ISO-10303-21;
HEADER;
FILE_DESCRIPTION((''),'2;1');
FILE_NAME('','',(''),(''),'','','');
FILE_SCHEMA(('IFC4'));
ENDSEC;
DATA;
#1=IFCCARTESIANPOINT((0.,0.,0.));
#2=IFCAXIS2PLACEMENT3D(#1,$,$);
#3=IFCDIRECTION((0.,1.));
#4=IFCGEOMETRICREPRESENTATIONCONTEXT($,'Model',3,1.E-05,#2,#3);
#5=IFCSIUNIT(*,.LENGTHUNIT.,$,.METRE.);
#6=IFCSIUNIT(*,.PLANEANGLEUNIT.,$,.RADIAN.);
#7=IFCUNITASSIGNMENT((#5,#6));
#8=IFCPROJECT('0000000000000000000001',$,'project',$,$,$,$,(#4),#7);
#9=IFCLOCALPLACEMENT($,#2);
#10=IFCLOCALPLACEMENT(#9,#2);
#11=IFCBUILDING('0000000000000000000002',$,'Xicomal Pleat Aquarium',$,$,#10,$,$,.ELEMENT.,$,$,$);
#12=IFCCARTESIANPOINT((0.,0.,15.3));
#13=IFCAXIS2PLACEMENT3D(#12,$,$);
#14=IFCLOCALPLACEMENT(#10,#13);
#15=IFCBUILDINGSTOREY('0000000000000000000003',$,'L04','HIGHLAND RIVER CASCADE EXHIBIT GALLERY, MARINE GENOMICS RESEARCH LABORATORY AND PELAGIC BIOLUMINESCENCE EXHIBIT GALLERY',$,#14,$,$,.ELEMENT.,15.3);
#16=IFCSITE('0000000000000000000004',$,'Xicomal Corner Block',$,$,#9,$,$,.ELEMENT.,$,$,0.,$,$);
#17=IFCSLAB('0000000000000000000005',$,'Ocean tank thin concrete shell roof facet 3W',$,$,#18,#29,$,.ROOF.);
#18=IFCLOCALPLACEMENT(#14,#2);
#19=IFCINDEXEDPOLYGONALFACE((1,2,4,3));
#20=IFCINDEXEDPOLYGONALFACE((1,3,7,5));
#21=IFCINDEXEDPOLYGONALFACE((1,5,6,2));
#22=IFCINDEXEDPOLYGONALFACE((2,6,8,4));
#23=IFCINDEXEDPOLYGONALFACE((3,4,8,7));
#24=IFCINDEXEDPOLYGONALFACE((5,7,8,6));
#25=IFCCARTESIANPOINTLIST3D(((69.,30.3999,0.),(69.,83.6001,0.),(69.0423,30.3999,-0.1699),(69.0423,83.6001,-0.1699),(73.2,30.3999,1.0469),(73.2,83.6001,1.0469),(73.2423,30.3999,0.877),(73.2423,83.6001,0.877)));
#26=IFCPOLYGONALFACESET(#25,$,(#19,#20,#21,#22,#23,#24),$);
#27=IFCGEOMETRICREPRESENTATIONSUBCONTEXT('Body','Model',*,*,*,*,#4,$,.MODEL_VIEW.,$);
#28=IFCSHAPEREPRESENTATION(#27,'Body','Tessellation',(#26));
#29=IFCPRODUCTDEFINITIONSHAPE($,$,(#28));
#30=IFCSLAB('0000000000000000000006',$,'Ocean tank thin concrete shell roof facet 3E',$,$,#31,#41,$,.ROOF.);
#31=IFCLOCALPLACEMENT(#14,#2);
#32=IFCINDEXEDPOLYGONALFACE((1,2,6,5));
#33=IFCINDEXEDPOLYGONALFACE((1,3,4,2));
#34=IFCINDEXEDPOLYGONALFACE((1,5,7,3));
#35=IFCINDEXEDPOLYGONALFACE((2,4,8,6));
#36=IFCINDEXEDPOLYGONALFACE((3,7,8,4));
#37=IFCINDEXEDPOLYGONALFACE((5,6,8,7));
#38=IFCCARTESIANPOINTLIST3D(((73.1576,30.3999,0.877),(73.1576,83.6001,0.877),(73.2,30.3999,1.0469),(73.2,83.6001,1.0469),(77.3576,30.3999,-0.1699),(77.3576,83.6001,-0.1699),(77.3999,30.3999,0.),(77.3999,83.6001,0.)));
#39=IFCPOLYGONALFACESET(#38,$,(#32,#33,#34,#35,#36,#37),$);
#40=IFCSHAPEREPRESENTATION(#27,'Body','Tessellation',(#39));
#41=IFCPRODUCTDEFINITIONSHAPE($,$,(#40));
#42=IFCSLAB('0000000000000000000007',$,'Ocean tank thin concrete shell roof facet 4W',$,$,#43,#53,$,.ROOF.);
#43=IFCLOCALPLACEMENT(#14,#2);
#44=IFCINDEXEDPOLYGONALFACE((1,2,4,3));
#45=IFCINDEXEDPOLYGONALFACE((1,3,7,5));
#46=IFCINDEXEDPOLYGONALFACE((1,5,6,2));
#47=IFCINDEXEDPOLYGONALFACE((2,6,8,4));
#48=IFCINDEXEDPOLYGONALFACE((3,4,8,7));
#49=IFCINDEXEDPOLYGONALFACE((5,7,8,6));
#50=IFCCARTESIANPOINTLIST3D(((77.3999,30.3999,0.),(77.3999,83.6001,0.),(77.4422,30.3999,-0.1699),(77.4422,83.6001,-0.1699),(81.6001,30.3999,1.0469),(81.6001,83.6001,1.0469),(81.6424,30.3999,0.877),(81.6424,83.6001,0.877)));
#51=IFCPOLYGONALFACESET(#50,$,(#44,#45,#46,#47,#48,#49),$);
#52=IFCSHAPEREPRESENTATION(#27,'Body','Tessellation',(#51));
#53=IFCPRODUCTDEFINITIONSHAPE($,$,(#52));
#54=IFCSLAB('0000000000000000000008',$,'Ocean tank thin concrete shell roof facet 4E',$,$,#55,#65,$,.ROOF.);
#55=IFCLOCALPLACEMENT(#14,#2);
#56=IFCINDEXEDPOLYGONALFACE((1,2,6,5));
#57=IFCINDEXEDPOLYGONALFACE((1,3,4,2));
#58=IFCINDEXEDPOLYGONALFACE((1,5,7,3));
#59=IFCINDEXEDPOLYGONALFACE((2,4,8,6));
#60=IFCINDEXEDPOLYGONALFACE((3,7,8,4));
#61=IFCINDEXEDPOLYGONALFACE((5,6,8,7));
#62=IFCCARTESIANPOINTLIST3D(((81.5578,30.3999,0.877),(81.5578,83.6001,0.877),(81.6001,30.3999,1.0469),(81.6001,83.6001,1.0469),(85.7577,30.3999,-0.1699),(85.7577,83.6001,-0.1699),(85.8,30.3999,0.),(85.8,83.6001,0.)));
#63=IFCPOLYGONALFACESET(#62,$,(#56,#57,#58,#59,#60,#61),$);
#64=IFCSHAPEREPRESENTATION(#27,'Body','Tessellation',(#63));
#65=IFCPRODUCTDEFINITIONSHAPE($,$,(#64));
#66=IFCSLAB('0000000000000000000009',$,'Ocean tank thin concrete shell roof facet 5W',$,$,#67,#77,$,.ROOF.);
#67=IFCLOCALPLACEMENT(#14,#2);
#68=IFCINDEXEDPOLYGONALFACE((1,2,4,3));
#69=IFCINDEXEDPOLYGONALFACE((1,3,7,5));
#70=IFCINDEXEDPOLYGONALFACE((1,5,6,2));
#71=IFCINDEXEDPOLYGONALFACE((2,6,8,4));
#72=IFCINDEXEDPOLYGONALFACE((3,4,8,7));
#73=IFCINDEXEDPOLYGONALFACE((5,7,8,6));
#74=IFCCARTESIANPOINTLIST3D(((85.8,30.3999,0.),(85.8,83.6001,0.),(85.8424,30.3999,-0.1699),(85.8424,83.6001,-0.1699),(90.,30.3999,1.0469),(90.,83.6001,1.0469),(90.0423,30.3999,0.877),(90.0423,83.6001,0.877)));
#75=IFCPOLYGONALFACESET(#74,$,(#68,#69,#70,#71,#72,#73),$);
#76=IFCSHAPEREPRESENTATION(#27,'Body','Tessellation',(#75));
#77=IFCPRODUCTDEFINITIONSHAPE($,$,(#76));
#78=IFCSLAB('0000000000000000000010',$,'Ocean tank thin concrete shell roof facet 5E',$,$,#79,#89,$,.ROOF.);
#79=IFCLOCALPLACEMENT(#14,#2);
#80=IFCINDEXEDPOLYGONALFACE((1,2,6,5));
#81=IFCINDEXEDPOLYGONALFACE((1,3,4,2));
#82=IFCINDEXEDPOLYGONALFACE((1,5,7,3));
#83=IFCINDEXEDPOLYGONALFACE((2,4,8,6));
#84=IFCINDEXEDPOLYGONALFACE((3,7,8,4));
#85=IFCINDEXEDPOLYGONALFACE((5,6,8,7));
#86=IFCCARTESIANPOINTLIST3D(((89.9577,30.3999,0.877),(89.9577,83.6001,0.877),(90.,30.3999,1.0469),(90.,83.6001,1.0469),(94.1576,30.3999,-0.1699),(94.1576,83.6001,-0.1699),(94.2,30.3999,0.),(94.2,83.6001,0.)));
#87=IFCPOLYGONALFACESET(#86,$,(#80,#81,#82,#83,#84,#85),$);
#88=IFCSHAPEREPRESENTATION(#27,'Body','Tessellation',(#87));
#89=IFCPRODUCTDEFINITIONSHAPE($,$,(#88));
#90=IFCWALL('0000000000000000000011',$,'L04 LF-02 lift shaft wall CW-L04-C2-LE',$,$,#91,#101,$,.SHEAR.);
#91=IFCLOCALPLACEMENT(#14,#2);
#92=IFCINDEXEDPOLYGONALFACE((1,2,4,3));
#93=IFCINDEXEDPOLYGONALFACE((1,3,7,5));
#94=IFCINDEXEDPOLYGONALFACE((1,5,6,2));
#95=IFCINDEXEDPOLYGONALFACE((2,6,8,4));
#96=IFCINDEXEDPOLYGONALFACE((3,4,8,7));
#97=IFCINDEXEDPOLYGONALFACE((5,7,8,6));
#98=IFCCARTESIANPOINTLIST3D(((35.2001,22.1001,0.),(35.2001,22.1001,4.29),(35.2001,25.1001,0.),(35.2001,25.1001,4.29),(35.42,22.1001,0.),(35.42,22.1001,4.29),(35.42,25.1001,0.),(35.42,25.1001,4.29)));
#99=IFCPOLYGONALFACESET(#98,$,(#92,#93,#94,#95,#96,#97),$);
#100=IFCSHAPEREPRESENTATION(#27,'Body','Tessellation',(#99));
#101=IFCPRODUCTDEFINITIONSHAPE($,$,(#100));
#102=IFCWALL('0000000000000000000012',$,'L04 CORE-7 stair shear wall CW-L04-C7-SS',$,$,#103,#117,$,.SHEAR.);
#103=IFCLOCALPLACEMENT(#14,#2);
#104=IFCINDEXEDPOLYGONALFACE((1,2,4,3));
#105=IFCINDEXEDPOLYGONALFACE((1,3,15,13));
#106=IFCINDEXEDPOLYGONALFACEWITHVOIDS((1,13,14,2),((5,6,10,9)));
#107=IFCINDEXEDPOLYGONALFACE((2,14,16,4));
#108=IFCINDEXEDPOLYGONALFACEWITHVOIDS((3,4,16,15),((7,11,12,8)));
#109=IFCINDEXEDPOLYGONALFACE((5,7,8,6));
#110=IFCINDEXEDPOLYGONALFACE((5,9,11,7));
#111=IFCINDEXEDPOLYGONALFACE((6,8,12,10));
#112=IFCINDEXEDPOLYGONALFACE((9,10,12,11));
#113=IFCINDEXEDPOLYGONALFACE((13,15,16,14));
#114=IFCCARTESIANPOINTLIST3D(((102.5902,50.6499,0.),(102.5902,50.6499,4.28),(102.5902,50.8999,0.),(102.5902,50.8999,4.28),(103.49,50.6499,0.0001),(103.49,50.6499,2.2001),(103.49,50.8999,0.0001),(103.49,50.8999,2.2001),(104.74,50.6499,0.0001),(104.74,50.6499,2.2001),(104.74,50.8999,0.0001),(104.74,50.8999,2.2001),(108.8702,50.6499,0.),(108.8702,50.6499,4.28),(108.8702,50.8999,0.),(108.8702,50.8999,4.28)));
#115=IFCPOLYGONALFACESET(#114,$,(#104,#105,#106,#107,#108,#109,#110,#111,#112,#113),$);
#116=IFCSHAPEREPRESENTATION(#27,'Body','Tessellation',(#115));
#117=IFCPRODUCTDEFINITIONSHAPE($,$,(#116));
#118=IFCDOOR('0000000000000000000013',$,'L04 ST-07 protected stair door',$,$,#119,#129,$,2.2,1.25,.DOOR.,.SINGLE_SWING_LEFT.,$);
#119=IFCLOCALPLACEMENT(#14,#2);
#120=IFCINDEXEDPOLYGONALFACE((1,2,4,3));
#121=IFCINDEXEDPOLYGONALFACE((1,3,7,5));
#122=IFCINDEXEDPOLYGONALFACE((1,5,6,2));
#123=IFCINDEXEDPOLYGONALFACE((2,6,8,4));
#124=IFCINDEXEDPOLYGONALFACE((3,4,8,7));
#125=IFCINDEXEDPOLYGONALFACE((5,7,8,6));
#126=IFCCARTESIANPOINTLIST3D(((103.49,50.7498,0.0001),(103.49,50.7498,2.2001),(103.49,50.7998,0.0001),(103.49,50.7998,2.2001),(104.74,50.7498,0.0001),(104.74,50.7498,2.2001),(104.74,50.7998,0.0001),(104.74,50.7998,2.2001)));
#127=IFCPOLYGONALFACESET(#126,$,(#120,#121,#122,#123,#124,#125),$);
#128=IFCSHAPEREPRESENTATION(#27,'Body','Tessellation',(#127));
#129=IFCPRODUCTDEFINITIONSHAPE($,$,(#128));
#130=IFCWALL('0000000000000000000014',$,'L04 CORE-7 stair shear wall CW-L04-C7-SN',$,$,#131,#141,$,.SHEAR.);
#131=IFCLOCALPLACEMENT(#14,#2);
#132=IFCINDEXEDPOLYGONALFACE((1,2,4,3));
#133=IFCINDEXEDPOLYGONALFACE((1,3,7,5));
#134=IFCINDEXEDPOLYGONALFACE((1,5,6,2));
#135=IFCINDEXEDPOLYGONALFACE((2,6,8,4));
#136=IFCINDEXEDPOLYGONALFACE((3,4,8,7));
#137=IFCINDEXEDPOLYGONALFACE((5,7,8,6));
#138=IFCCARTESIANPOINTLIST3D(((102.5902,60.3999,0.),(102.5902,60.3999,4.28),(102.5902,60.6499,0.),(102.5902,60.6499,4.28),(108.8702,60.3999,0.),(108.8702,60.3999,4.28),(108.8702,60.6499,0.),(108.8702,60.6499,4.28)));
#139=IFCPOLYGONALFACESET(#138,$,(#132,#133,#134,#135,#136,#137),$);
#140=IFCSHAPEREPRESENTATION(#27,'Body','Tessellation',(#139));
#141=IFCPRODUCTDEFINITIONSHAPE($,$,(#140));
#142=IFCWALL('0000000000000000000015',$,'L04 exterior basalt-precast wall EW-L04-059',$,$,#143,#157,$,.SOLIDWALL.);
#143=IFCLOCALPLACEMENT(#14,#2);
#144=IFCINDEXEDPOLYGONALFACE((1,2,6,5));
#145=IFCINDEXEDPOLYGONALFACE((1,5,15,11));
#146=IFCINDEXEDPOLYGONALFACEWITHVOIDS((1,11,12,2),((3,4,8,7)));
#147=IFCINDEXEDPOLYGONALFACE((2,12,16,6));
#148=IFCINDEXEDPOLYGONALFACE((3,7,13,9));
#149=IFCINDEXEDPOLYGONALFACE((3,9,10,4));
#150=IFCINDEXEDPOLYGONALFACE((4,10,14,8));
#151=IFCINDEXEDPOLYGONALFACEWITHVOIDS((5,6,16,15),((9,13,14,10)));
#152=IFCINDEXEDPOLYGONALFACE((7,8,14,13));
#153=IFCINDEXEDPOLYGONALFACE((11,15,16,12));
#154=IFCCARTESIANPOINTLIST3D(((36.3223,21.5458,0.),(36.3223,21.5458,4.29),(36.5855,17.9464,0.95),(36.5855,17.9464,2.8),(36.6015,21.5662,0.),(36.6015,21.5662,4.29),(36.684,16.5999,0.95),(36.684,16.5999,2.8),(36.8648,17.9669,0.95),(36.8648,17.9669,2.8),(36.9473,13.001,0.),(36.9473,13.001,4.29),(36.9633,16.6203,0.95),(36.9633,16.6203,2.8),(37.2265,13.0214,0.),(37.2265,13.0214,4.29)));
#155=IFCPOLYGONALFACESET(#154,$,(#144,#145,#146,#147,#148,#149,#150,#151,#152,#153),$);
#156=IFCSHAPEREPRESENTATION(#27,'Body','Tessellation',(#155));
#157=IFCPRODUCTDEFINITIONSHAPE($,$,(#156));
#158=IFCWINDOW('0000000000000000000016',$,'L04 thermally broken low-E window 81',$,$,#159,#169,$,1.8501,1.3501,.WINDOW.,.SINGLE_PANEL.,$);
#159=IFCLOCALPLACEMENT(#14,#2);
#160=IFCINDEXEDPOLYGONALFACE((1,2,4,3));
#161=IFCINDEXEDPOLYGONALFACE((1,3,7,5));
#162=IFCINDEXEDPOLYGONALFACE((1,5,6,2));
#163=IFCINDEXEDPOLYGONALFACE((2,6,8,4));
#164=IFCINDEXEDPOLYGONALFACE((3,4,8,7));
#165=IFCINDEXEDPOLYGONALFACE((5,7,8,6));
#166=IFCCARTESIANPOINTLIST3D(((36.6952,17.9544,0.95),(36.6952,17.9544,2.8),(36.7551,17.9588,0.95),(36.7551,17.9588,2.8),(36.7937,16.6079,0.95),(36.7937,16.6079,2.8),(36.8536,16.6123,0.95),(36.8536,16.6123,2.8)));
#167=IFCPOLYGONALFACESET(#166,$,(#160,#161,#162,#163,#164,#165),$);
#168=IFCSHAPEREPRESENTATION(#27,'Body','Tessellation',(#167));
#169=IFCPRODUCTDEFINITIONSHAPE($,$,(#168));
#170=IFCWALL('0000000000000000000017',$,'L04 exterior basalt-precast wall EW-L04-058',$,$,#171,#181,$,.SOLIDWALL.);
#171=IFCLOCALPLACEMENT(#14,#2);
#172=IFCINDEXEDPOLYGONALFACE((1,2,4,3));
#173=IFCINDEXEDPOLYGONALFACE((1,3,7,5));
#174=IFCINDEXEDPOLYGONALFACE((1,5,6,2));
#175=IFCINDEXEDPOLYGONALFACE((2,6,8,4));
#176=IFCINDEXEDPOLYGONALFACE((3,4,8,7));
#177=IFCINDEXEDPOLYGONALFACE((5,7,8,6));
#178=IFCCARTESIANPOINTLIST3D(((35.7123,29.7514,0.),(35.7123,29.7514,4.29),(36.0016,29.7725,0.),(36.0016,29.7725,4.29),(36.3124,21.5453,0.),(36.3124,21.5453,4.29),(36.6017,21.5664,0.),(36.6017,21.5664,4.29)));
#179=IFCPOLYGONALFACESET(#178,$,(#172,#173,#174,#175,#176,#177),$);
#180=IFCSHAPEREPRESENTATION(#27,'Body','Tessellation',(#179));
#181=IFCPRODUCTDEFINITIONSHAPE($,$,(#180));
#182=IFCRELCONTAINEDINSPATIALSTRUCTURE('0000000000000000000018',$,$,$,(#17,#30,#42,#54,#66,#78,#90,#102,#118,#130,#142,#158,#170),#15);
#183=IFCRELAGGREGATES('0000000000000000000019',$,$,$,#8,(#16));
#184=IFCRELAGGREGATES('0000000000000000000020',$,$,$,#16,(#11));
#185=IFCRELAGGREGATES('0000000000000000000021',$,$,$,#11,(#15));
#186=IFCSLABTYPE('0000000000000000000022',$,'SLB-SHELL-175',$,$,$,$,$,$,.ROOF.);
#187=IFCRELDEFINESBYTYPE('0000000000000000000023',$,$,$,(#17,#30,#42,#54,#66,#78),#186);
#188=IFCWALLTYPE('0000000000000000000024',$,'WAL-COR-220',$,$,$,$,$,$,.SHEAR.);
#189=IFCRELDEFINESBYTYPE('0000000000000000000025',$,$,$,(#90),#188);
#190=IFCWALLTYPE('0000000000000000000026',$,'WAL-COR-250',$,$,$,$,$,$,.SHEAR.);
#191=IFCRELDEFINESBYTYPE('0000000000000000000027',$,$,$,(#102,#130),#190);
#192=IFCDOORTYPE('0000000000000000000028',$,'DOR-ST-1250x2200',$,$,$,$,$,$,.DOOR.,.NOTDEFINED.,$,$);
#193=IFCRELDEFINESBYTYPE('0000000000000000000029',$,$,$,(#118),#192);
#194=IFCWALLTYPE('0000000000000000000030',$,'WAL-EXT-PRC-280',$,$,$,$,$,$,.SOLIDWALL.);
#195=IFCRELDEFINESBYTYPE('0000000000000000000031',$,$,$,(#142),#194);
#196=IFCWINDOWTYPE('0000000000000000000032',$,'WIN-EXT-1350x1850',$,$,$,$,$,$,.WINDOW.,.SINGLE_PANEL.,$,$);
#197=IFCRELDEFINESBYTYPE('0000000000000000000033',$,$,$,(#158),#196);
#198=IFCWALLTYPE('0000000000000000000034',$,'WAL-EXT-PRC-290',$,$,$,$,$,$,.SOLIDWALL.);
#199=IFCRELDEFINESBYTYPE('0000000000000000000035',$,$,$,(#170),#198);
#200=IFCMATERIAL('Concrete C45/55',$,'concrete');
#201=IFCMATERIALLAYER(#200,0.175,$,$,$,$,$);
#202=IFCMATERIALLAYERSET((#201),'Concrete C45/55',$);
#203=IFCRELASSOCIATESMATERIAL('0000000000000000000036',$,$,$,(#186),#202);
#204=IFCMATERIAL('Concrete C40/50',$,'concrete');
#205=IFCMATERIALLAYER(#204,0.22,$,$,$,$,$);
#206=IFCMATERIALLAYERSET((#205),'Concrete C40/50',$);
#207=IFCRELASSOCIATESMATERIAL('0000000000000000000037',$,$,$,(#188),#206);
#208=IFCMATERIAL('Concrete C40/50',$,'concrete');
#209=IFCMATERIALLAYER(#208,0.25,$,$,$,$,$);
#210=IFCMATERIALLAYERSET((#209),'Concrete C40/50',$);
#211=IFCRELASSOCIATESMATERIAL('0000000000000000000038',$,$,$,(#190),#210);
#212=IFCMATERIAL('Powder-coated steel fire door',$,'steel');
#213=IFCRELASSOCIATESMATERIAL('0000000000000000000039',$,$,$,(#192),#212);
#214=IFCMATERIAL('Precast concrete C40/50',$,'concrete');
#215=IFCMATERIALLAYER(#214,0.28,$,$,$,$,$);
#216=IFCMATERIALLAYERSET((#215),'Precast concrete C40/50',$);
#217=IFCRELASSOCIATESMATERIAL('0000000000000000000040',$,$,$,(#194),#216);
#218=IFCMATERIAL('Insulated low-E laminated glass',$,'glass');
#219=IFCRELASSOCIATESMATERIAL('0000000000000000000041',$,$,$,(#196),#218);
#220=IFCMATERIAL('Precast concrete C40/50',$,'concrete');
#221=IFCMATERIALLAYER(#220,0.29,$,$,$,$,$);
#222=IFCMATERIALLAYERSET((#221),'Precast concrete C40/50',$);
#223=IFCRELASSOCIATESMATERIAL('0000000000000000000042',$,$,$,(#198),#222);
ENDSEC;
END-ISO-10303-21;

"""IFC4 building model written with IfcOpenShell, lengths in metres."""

from ifc_helpers import new_model, si_unit, direction, frame, frame_2d, origin, place, context, subcontext, project, spatial, polyline, rectangle, outline, extrude, material, layer, layer_set, type_object, element, fill, save


model = new_model("IFC4")

# Units and contexts
model_context = context("Model", 3, precision=1e-05, world=origin(), true_north=direction((0.0, 1.0)))
body_context = subcontext(model_context, "Body", "Model", "MODEL_VIEW")
ifc_project = project(units=[si_unit("LENGTHUNIT", "METRE"), si_unit("PLANEANGLEUNIT", "RADIAN")], contexts=[model_context])

# Site, building, storey
site_placement = place(None, origin())
site = spatial("IfcSite", under=ifc_project, at=site_placement, Name="Xicomal Corner Block", CompositionType="ELEMENT", RefElevation=0.0)
building_placement = place(site_placement, origin())
building = spatial("IfcBuilding", under=site, at=building_placement, Name="Xicomal Pleat Aquarium", CompositionType="ELEMENT")
storey_placement = place(building_placement, frame((0.0, 0.0, 15.3)))
storey = spatial("IfcBuildingStorey", under=building, at=storey_placement, Name="L04", Description="HIGHLAND RIVER CASCADE EXHIBIT GALLERY, MARINE GENOMICS RESEARCH LABORATORY AND PELAGIC BIOLUMINESCENCE EXHIBIT GALLERY", CompositionType="ELEMENT", Elevation=15.3)

# Slabs
ifc_material_1 = material(Name="Concrete C45/55", Category="concrete")
ifc_layer_1 = layer(ifc_material_1, 0.175)
ifc_layer_set_1 = layer_set([ifc_layer_1], Name="Concrete C45/55")
slab_type = type_object("IfcSlabType", Name="SLB-SHELL-175", PredefinedType="ROOF", material=ifc_layer_set_1)
for number, where, z_axis, x_axis, name in (
    (1, (69.0, 30.3999, 0.0), (-0.241859, 0.0, 0.970311), (0.970311, 0.0, 0.241859), "Ocean tank thin concrete shell roof facet 3W"),
    (2, (73.2, 30.3999, 1.0469), (0.241859, 0.0, 0.970311), (0.970311, 0.0, -0.241859), "Ocean tank thin concrete shell roof facet 3E"),
):
    element("IfcSlab", number, at=place(storey_placement, frame(where, z_axis=z_axis, x_axis=x_axis)), inside=storey, type_object=slab_type, Name=name, PredefinedType="ROOF", context=body_context, shape_type="SweptSolid", body=[
        extrude(outline(polyline([(0.0, 0.0), (4.3285, 0.0), (4.3285, 53.2002), (0.0, 53.2002), (0.0, 0.0)])), origin(), (0.0, 0.0, -1.0), 0.175),
    ])
slab_1_placement = place(storey_placement, frame((77.3999, 30.3999, 0.0), z_axis=(-0.241845, 0.0, 0.970315), x_axis=(0.970315, 0.0, 0.241845)))
element("IfcSlab", 3, at=slab_1_placement, inside=storey, type_object=slab_type, Name="Ocean tank thin concrete shell roof facet 4W", PredefinedType="ROOF", context=body_context, shape_type="SweptSolid", body=[
    extrude(outline(polyline([(0.0, 0.0), (4.3287, 0.0), (4.3287, 53.2002), (0.0, 53.2002), (0.0, 0.0)])), origin(), (0.0, 0.0, -1.0), 0.175),
])
for number, where, z_axis, x_axis, name in (
    (4, (81.6001, 30.3999, 1.0469), (0.241859, 0.0, 0.970311), (0.970311, 0.0, -0.241859), "Ocean tank thin concrete shell roof facet 4E"),
    (5, (85.8, 30.3999, 0.0), (-0.241859, 0.0, 0.970311), (0.970311, 0.0, 0.241859), "Ocean tank thin concrete shell roof facet 5W"),
    (6, (90.0, 30.3999, 1.0469), (0.241859, 0.0, 0.970311), (0.970311, 0.0, -0.241859), "Ocean tank thin concrete shell roof facet 5E"),
):
    element("IfcSlab", number, at=place(storey_placement, frame(where, z_axis=z_axis, x_axis=x_axis)), inside=storey, type_object=slab_type, Name=name, PredefinedType="ROOF", context=body_context, shape_type="SweptSolid", body=[
        extrude(outline(polyline([(0.0, 0.0), (4.3285, 0.0), (4.3285, 53.2002), (0.0, 53.2002), (0.0, 0.0)])), origin(), (0.0, 0.0, -1.0), 0.175),
    ])

# Wall
ifc_material_2 = material(Name="Concrete C40/50", Category="concrete")
ifc_layer_2 = layer(ifc_material_2, 0.22)
ifc_layer_set_2 = layer_set([ifc_layer_2], Name="Concrete C40/50")
wall_type_1 = type_object("IfcWallType", Name="WAL-COR-220", PredefinedType="SHEAR", material=ifc_layer_set_2)
wall_1_placement = place(storey_placement, frame((35.3101, 22.1001, 0.0), z_axis=(0.0, 0.0, 1.0), x_axis=(0.0, 1.0, 0.0)))
element("IfcWall", 7, at=wall_1_placement, inside=storey, type_object=wall_type_1, Name="L04 LF-02 lift shaft wall CW-L04-C2-LE", PredefinedType="SHEAR", context=body_context, shape_type="SweptSolid", body=[
    extrude(rectangle(XDim=3.0, YDim=0.22, at=frame_2d((1.5, 0.0))), origin(), (0.0, 0.0, 1.0), 4.29),
])

# Wall, opening, door
ifc_material_3 = material(Name="Concrete C40/50", Category="concrete")
ifc_layer_3 = layer(ifc_material_3, 0.25)
ifc_layer_set_3 = layer_set([ifc_layer_3], Name="Concrete C40/50")
wall_type_2 = type_object("IfcWallType", Name="WAL-COR-250", PredefinedType="SHEAR", material=ifc_layer_set_3)
wall_2_placement = place(storey_placement, frame((102.5901, 50.7749, 0.0), z_axis=(0.0, 0.0, 1.0), x_axis=(1.0, 0.0, 0.0)))
wall_2 = element("IfcWall", 8, at=wall_2_placement, inside=storey, type_object=wall_type_2, Name="L04 CORE-7 stair shear wall CW-L04-C7-SS", PredefinedType="SHEAR", context=body_context, shape_type="SweptSolid", body=[
    extrude(rectangle(XDim=6.28, YDim=0.25, at=frame_2d((3.1401, 0.0))), origin(), (0.0, 0.0, 1.0), 4.28),
])
opening_1_placement = place(wall_2_placement, frame((0.8999, 0.0, 0.0)))
opening_1 = element("IfcOpeningElement", 9, at=opening_1_placement, cuts=wall_2, PredefinedType="OPENING", context=body_context, shape_type="SweptSolid", body=[
    extrude(rectangle(XDim=1.25, YDim=2.2, at=frame_2d((0.625, 1.1001))), frame((0.0, 0.135, 0.0), z_axis=(0.0, -1.0, 0.0), x_axis=(1.0, 0.0, 0.0)), (0.0, 0.0, 1.0), 0.27),
])
ifc_material_4 = material(Name="Powder-coated steel fire door", Category="steel")
door_type = type_object("IfcDoorType", Name="DOR-ST-1250x2200", OperationType="NOTDEFINED", PredefinedType="DOOR", material=ifc_material_4)
door_placement = place(opening_1_placement, origin())
door = element("IfcDoor", 10, at=door_placement, inside=storey, type_object=door_type, Name="L04 ST-07 protected stair door", OperationType="SINGLE_SWING_LEFT", OverallHeight=2.2, OverallWidth=1.25, PredefinedType="DOOR", context=body_context, shape_type="SweptSolid", body=[
    extrude(rectangle(XDim=1.25, YDim=2.2, at=frame_2d((0.625, 1.1001))), frame((0.0, 0.0249, 0.0), z_axis=(0.0, -1.0, 0.0), x_axis=(1.0, 0.0, 0.0)), (0.0, 0.0, 1.0), 0.05),
])
fill(opening_1, door)

# Wall
wall_3_placement = place(storey_placement, frame((102.5901, 60.5249, 0.0), z_axis=(0.0, 0.0, 1.0), x_axis=(1.0, 0.0, 0.0)))
element("IfcWall", 11, at=wall_3_placement, inside=storey, type_object=wall_type_2, Name="L04 CORE-7 stair shear wall CW-L04-C7-SN", PredefinedType="SHEAR", context=body_context, shape_type="SweptSolid", body=[
    extrude(rectangle(XDim=6.28, YDim=0.25, at=frame_2d((3.1401, 0.0))), origin(), (0.0, 0.0, 1.0), 4.28),
])

# Wall, opening, window
ifc_material_5 = material(Name="Precast concrete C40/50", Category="concrete")
ifc_layer_4 = layer(ifc_material_5, 0.28)
ifc_layer_set_4 = layer_set([ifc_layer_4], Name="Precast concrete C40/50")
wall_type_3 = type_object("IfcWallType", Name="WAL-EXT-PRC-280", PredefinedType="SOLIDWALL", material=ifc_layer_set_4)
wall_4_placement = place(storey_placement, frame((36.4619, 21.5559, 0.0), z_axis=(0.0, 0.0, 1.0), x_axis=(0.072948, -0.997336, 0.0)))
wall_4 = element("IfcWall", 12, at=wall_4_placement, inside=storey, type_object=wall_type_3, Name="L04 exterior basalt-precast wall EW-L04-059", PredefinedType="SOLIDWALL", context=body_context, shape_type="SweptSolid", body=[
    extrude(rectangle(XDim=8.5676, YDim=0.28, at=frame_2d((4.2837, 0.0))), origin(), (0.0, 0.0, 1.0), 4.29),
])
opening_2_placement = place(wall_4_placement, frame((3.6089, 0.0, 0.95)))
opening_2 = element("IfcOpeningElement", 13, at=opening_2_placement, cuts=wall_4, PredefinedType="OPENING", context=body_context, shape_type="SweptSolid", body=[
    extrude(rectangle(XDim=1.3501, YDim=1.8501, at=frame_2d((0.675, 0.925))), frame((0.0, 0.1499, 0.0), z_axis=(0.0, -1.0, 0.0), x_axis=(1.0, 0.0, 0.0)), (0.0, 0.0, 1.0), 0.3),
])
ifc_material_6 = material(Name="Insulated low-E laminated glass", Category="glass")
window_type = type_object("IfcWindowType", Name="WIN-EXT-1350x1850", PartitioningType="SINGLE_PANEL", PredefinedType="WINDOW", material=ifc_material_6)
window_placement = place(opening_2_placement, origin())
window = element("IfcWindow", 14, at=window_placement, inside=storey, type_object=window_type, Name="L04 thermally broken low-E window 81", OverallHeight=1.8501, OverallWidth=1.3501, PartitioningType="SINGLE_PANEL", PredefinedType="WINDOW", context=body_context, shape_type="SweptSolid", body=[
    extrude(rectangle(XDim=1.3501, YDim=1.8501, at=frame_2d((0.675, 0.925))), frame((0.0, 0.03, 0.0), z_axis=(0.0, -1.0, 0.0), x_axis=(1.0, 0.0, 0.0)), (0.0, 0.0, 1.0), 0.0601),
])
fill(opening_2, window)

# Wall
ifc_material_7 = material(Name="Precast concrete C40/50", Category="concrete")
ifc_layer_5 = layer(ifc_material_7, 0.29)
ifc_layer_set_5 = layer_set([ifc_layer_5], Name="Precast concrete C40/50")
wall_type_4 = type_object("IfcWallType", Name="WAL-EXT-PRC-290", PredefinedType="SOLIDWALL", material=ifc_layer_set_5)
wall_5_placement = place(storey_placement, frame((35.8569, 29.762, 0.0), z_axis=(0.0, 0.0, 1.0), x_axis=(0.072934, -0.997337, 0.0)))
element("IfcWall", 15, at=wall_5_placement, inside=storey, type_object=wall_type_4, Name="L04 exterior basalt-precast wall EW-L04-058", PredefinedType="SOLIDWALL", context=body_context, shape_type="SweptSolid", body=[
    extrude(rectangle(XDim=8.228, YDim=0.29, at=frame_2d((4.114, 0.0))), origin(), (0.0, 0.0, 1.0), 4.29),
])

save(model, "model.ifc")
